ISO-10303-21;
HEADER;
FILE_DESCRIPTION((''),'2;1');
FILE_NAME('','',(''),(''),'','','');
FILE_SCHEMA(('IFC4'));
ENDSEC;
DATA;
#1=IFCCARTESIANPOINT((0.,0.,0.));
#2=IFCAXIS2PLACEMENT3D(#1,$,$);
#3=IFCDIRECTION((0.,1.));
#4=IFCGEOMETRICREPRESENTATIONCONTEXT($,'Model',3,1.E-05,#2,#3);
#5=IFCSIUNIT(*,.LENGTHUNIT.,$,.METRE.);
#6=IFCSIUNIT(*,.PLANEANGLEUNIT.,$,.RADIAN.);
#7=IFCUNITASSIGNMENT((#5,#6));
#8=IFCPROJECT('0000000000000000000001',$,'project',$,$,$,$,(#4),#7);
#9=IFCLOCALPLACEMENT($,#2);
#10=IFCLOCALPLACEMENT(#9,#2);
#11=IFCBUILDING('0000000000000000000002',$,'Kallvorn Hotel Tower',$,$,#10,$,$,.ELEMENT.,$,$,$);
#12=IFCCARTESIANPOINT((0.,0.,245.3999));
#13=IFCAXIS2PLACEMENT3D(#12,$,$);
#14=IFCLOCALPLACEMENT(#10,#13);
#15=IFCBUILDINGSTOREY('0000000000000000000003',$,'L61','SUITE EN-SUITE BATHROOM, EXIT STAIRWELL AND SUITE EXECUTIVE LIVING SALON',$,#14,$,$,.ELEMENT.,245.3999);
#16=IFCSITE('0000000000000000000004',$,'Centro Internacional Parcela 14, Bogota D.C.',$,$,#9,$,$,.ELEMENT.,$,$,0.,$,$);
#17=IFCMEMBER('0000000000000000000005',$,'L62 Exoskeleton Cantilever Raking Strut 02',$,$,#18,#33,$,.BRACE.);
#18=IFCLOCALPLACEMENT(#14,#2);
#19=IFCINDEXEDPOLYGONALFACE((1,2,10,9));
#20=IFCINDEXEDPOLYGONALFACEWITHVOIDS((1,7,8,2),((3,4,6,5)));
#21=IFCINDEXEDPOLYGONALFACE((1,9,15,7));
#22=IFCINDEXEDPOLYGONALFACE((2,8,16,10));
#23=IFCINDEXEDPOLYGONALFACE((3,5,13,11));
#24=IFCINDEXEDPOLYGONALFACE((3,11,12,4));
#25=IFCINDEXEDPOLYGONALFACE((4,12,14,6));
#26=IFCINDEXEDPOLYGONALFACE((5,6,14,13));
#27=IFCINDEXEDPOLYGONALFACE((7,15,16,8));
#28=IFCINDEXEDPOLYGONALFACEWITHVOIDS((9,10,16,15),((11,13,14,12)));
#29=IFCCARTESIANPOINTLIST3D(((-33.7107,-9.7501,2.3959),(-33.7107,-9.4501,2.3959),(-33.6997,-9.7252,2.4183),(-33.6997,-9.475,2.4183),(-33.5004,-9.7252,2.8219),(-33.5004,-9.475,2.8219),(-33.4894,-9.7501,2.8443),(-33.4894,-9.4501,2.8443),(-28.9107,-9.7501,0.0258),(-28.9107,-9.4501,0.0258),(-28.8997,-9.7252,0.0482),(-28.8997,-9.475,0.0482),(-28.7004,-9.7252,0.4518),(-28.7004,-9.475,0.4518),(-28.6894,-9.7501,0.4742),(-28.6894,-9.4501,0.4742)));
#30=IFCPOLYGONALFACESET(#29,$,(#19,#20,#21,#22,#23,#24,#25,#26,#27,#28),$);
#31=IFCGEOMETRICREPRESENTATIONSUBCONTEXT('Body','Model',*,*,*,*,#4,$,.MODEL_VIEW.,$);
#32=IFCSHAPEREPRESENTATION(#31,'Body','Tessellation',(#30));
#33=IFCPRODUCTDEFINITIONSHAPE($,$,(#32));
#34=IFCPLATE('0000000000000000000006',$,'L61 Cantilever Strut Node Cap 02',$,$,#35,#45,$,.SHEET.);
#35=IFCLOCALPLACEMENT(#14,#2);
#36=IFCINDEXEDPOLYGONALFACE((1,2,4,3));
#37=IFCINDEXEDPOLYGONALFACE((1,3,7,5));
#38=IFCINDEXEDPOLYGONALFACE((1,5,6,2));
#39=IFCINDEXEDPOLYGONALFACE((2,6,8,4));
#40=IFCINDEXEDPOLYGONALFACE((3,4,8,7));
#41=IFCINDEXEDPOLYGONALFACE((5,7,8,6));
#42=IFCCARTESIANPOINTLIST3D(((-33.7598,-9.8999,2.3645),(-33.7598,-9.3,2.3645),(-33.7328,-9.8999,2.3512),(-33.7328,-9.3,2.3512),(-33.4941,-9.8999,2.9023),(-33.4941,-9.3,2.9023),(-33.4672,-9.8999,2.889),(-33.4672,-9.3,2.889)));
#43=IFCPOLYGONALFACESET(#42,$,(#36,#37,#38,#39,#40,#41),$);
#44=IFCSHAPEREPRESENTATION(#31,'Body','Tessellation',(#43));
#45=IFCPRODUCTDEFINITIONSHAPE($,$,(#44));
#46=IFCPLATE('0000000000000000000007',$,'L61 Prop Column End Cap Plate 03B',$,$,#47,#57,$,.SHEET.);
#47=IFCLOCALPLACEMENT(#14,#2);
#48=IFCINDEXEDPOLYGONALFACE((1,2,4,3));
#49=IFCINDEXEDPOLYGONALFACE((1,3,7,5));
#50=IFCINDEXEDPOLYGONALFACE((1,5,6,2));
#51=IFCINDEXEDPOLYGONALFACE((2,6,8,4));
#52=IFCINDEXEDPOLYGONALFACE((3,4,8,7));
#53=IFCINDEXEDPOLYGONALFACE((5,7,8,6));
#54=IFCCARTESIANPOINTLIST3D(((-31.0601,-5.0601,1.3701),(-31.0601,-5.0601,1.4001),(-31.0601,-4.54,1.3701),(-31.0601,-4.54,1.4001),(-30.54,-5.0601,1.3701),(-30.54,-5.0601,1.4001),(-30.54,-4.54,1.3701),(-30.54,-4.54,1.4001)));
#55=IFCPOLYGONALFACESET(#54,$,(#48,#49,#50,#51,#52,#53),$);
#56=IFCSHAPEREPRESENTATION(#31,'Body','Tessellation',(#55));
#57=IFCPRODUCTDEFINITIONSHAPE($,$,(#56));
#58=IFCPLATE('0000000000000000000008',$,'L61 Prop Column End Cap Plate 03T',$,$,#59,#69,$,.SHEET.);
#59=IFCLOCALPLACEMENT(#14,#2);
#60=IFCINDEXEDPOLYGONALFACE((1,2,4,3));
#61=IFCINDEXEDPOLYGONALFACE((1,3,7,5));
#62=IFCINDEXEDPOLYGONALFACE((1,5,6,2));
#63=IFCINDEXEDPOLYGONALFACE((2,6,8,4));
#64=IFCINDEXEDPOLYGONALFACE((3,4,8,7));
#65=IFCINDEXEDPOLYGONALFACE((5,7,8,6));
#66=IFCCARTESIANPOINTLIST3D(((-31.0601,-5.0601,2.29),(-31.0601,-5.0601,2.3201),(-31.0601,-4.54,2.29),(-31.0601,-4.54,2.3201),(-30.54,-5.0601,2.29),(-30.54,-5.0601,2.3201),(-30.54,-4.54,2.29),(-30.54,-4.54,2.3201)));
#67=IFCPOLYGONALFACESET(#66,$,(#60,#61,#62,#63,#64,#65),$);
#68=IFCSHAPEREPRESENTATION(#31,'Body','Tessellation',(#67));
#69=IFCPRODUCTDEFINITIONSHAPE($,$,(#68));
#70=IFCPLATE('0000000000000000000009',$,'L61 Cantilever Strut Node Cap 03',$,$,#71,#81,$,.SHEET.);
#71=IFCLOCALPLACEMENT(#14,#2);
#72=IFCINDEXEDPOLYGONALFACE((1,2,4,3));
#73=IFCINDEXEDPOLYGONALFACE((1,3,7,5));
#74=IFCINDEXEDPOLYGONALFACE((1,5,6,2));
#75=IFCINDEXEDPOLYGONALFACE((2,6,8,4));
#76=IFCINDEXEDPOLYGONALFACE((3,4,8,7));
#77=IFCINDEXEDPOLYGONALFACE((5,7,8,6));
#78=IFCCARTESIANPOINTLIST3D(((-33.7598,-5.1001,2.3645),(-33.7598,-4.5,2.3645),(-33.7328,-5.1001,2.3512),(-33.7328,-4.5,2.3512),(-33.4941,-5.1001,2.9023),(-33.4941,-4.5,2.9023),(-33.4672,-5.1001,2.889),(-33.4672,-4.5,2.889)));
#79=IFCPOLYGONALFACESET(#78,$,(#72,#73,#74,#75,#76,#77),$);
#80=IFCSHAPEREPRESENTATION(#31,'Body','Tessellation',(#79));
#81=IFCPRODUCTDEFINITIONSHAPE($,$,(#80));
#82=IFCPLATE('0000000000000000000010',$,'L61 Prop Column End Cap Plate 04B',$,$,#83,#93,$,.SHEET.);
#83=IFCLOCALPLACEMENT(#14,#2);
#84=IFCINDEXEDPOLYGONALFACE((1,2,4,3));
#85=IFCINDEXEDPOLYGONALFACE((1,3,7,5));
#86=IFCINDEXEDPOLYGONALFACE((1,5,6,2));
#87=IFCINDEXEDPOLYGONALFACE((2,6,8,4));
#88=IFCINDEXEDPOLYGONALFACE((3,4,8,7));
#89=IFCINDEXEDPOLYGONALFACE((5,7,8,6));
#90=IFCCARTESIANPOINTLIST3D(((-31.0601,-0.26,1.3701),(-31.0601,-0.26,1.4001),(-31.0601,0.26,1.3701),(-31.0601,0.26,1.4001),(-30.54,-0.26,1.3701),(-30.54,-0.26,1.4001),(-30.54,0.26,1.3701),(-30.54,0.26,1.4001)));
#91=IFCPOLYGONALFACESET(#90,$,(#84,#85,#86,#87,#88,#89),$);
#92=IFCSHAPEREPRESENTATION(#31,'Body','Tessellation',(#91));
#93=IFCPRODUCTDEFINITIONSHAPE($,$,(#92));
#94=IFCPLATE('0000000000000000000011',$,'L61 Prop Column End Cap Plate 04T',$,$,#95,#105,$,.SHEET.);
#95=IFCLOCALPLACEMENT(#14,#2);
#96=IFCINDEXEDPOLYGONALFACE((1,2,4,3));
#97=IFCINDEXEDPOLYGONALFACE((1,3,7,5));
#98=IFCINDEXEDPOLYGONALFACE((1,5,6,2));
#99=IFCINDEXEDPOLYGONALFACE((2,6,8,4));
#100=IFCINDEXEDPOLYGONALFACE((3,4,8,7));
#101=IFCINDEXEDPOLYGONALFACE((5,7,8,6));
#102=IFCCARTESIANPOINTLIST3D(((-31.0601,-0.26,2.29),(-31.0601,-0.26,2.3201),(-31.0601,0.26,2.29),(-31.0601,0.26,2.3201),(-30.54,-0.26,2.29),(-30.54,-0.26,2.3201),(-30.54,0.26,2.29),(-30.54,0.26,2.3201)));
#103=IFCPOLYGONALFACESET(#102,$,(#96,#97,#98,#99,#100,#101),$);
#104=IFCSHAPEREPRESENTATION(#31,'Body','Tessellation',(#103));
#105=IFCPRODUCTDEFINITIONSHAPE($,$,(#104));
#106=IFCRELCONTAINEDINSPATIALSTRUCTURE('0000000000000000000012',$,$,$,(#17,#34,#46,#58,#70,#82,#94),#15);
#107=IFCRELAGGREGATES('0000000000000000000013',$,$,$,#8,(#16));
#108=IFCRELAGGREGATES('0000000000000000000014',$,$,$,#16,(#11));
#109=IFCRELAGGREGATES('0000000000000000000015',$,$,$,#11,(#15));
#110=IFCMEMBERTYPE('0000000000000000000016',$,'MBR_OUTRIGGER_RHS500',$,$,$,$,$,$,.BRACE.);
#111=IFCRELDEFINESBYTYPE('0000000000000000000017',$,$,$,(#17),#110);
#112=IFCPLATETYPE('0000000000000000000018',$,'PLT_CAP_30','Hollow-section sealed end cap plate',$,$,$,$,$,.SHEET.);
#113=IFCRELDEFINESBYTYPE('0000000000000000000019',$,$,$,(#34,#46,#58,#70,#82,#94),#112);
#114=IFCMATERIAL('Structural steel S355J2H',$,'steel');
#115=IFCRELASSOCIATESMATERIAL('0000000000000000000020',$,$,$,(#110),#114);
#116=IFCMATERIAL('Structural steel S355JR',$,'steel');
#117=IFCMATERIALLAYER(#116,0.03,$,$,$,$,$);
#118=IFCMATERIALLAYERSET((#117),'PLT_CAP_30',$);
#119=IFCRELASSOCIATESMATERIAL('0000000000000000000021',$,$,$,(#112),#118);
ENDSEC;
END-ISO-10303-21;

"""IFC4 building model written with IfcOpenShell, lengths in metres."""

from ifc_helpers import new_model, si_unit, direction, frame, origin, origin_2d, place, context, subcontext, project, spatial, polyline, rectangle, hollow_rectangle, outline, extrude, material, layer, layer_set, material_profile, profile_set, type_object, element, save


model = new_model("IFC4")

# Units and contexts
model_context = context("Model", 3, precision=1e-05, world=origin(), true_north=direction((0.0, 1.0)))
body_context = subcontext(model_context, "Body", "Model", "MODEL_VIEW")
ifc_project = project(units=[si_unit("LENGTHUNIT", "METRE"), si_unit("PLANEANGLEUNIT", "RADIAN")], contexts=[model_context])

# Site, building, storey
site_placement = place(None, origin())
site = spatial("IfcSite", under=ifc_project, at=site_placement, Name="Centro Internacional Parcela 14, Bogota D.C.", CompositionType="ELEMENT", RefElevation=0.0)
building_placement = place(site_placement, origin())
building = spatial("IfcBuilding", under=site, at=building_placement, Name="Kallvorn Hotel Tower", CompositionType="ELEMENT")
storey_placement = place(building_placement, frame((0.0, 0.0, 245.3999)))
storey = spatial("IfcBuildingStorey", under=building, at=storey_placement, Name="L61", Description="SUITE EN-SUITE BATHROOM, EXIT STAIRWELL AND SUITE EXECUTIVE LIVING SALON", CompositionType="ELEMENT", Elevation=245.3999)

# Member
ifc_material_1 = material(Name="Structural steel S355J2H", Category="steel")
ifc_material_profile_1 = material_profile(ifc_material_1, hollow_rectangle(XDim=0.3, YDim=0.5, WallThickness=0.0249, at=origin_2d()), Name="RHS 500x300x25")
ifc_profile_set_1 = profile_set([ifc_material_profile_1], Name="Structural steel S355J2H")
member_type = type_object("IfcMemberType", Name="MBR_OUTRIGGER_RHS500", PredefinedType="BRACE", material=ifc_profile_set_1)
member_placement = place(storey_placement, frame((-28.8, -9.6001, 0.25), z_axis=(-0.896651, 0.0, 0.442739), x_axis=(0.0, -1.0, 0.0)))
element("IfcMember", 1, at=member_placement, inside=storey, type_object=member_type, Name="L62 Exoskeleton Cantilever Raking Strut 02", PredefinedType="BRACE", context=body_context, shape_type="SweptSolid", body=[
    extrude(hollow_rectangle(XDim=0.3, YDim=0.5, WallThickness=0.0249, at=origin_2d()), origin(), (0.0, 0.0, 1.0), 5.3533),
])

# Plates
ifc_material_2 = material(Name="Structural steel S355JR", Category="steel")
ifc_layer = layer(ifc_material_2, 0.03)
ifc_layer_set = layer_set([ifc_layer], Name="PLT_CAP_30")
plate_type = type_object("IfcPlateType", Name="PLT_CAP_30", Description="Hollow-section sealed end cap plate", PredefinedType="SHEET", material=ifc_layer_set)
plate_1_placement = place(storey_placement, frame((-33.7598, -9.3, 2.3645), z_axis=(-0.896614, 0.0, 0.442813), x_axis=(0.0, -1.0, 0.0)))
element("IfcPlate", 2, at=plate_1_placement, inside=storey, type_object=plate_type, Name="L61 Cantilever Strut Node Cap 02", PredefinedType="SHEET", context=body_context, shape_type="SweptSolid", body=[
    extrude(outline(polyline([(0.0, 0.0), (0.5999, 0.0), (0.5999, 0.5999), (0.0, 0.5999), (0.0, 0.0)])), origin(), (0.0, 0.0, -1.0), 0.03),
])
for number, where, z_axis, x_axis, name in (
    (3, (-30.8, -4.8, 1.3701), (0.0, 0.0, 1.0), (1.0, 0.0, 0.0), "L61 Prop Column End Cap Plate 03B"),
    (4, (-30.8, -4.8, 2.29), (0.0, 0.0, 1.0), (1.0, 0.0, 0.0), "L61 Prop Column End Cap Plate 03T"),
):
    element("IfcPlate", number, at=place(storey_placement, frame(where, z_axis=z_axis, x_axis=x_axis)), inside=storey, type_object=plate_type, Name=name, PredefinedType="SHEET", context=body_context, shape_type="SweptSolid", body=[
        extrude(rectangle(XDim=0.52, YDim=0.52, at=origin_2d()), origin(), (0.0, 0.0, 1.0), 0.03),
    ])
plate_2_placement = place(storey_placement, frame((-33.7598, -4.5, 2.3645), z_axis=(-0.896614, 0.0, 0.442813), x_axis=(0.0, -1.0, 0.0)))
element("IfcPlate", 5, at=plate_2_placement, inside=storey, type_object=plate_type, Name="L61 Cantilever Strut Node Cap 03", PredefinedType="SHEET", context=body_context, shape_type="SweptSolid", body=[
    extrude(outline(polyline([(0.0, 0.0), (0.6001, 0.0), (0.6001, 0.5999), (0.0, 0.5999), (0.0, 0.0)])), origin(), (0.0, 0.0, -1.0), 0.03),
])
for number, where, z_axis, x_axis, name in (
    (6, (-30.8, 0.0, 1.3701), (0.0, 0.0, 1.0), (1.0, 0.0, 0.0), "L61 Prop Column End Cap Plate 04B"),
    (7, (-30.8, 0.0, 2.29), (0.0, 0.0, 1.0), (1.0, 0.0, 0.0), "L61 Prop Column End Cap Plate 04T"),
):
    element("IfcPlate", number, at=place(storey_placement, frame(where, z_axis=z_axis, x_axis=x_axis)), inside=storey, type_object=plate_type, Name=name, PredefinedType="SHEET", context=body_context, shape_type="SweptSolid", body=[
        extrude(rectangle(XDim=0.52, YDim=0.52, at=origin_2d()), origin(), (0.0, 0.0, 1.0), 0.03),
    ])

save(model, "model.ifc")
